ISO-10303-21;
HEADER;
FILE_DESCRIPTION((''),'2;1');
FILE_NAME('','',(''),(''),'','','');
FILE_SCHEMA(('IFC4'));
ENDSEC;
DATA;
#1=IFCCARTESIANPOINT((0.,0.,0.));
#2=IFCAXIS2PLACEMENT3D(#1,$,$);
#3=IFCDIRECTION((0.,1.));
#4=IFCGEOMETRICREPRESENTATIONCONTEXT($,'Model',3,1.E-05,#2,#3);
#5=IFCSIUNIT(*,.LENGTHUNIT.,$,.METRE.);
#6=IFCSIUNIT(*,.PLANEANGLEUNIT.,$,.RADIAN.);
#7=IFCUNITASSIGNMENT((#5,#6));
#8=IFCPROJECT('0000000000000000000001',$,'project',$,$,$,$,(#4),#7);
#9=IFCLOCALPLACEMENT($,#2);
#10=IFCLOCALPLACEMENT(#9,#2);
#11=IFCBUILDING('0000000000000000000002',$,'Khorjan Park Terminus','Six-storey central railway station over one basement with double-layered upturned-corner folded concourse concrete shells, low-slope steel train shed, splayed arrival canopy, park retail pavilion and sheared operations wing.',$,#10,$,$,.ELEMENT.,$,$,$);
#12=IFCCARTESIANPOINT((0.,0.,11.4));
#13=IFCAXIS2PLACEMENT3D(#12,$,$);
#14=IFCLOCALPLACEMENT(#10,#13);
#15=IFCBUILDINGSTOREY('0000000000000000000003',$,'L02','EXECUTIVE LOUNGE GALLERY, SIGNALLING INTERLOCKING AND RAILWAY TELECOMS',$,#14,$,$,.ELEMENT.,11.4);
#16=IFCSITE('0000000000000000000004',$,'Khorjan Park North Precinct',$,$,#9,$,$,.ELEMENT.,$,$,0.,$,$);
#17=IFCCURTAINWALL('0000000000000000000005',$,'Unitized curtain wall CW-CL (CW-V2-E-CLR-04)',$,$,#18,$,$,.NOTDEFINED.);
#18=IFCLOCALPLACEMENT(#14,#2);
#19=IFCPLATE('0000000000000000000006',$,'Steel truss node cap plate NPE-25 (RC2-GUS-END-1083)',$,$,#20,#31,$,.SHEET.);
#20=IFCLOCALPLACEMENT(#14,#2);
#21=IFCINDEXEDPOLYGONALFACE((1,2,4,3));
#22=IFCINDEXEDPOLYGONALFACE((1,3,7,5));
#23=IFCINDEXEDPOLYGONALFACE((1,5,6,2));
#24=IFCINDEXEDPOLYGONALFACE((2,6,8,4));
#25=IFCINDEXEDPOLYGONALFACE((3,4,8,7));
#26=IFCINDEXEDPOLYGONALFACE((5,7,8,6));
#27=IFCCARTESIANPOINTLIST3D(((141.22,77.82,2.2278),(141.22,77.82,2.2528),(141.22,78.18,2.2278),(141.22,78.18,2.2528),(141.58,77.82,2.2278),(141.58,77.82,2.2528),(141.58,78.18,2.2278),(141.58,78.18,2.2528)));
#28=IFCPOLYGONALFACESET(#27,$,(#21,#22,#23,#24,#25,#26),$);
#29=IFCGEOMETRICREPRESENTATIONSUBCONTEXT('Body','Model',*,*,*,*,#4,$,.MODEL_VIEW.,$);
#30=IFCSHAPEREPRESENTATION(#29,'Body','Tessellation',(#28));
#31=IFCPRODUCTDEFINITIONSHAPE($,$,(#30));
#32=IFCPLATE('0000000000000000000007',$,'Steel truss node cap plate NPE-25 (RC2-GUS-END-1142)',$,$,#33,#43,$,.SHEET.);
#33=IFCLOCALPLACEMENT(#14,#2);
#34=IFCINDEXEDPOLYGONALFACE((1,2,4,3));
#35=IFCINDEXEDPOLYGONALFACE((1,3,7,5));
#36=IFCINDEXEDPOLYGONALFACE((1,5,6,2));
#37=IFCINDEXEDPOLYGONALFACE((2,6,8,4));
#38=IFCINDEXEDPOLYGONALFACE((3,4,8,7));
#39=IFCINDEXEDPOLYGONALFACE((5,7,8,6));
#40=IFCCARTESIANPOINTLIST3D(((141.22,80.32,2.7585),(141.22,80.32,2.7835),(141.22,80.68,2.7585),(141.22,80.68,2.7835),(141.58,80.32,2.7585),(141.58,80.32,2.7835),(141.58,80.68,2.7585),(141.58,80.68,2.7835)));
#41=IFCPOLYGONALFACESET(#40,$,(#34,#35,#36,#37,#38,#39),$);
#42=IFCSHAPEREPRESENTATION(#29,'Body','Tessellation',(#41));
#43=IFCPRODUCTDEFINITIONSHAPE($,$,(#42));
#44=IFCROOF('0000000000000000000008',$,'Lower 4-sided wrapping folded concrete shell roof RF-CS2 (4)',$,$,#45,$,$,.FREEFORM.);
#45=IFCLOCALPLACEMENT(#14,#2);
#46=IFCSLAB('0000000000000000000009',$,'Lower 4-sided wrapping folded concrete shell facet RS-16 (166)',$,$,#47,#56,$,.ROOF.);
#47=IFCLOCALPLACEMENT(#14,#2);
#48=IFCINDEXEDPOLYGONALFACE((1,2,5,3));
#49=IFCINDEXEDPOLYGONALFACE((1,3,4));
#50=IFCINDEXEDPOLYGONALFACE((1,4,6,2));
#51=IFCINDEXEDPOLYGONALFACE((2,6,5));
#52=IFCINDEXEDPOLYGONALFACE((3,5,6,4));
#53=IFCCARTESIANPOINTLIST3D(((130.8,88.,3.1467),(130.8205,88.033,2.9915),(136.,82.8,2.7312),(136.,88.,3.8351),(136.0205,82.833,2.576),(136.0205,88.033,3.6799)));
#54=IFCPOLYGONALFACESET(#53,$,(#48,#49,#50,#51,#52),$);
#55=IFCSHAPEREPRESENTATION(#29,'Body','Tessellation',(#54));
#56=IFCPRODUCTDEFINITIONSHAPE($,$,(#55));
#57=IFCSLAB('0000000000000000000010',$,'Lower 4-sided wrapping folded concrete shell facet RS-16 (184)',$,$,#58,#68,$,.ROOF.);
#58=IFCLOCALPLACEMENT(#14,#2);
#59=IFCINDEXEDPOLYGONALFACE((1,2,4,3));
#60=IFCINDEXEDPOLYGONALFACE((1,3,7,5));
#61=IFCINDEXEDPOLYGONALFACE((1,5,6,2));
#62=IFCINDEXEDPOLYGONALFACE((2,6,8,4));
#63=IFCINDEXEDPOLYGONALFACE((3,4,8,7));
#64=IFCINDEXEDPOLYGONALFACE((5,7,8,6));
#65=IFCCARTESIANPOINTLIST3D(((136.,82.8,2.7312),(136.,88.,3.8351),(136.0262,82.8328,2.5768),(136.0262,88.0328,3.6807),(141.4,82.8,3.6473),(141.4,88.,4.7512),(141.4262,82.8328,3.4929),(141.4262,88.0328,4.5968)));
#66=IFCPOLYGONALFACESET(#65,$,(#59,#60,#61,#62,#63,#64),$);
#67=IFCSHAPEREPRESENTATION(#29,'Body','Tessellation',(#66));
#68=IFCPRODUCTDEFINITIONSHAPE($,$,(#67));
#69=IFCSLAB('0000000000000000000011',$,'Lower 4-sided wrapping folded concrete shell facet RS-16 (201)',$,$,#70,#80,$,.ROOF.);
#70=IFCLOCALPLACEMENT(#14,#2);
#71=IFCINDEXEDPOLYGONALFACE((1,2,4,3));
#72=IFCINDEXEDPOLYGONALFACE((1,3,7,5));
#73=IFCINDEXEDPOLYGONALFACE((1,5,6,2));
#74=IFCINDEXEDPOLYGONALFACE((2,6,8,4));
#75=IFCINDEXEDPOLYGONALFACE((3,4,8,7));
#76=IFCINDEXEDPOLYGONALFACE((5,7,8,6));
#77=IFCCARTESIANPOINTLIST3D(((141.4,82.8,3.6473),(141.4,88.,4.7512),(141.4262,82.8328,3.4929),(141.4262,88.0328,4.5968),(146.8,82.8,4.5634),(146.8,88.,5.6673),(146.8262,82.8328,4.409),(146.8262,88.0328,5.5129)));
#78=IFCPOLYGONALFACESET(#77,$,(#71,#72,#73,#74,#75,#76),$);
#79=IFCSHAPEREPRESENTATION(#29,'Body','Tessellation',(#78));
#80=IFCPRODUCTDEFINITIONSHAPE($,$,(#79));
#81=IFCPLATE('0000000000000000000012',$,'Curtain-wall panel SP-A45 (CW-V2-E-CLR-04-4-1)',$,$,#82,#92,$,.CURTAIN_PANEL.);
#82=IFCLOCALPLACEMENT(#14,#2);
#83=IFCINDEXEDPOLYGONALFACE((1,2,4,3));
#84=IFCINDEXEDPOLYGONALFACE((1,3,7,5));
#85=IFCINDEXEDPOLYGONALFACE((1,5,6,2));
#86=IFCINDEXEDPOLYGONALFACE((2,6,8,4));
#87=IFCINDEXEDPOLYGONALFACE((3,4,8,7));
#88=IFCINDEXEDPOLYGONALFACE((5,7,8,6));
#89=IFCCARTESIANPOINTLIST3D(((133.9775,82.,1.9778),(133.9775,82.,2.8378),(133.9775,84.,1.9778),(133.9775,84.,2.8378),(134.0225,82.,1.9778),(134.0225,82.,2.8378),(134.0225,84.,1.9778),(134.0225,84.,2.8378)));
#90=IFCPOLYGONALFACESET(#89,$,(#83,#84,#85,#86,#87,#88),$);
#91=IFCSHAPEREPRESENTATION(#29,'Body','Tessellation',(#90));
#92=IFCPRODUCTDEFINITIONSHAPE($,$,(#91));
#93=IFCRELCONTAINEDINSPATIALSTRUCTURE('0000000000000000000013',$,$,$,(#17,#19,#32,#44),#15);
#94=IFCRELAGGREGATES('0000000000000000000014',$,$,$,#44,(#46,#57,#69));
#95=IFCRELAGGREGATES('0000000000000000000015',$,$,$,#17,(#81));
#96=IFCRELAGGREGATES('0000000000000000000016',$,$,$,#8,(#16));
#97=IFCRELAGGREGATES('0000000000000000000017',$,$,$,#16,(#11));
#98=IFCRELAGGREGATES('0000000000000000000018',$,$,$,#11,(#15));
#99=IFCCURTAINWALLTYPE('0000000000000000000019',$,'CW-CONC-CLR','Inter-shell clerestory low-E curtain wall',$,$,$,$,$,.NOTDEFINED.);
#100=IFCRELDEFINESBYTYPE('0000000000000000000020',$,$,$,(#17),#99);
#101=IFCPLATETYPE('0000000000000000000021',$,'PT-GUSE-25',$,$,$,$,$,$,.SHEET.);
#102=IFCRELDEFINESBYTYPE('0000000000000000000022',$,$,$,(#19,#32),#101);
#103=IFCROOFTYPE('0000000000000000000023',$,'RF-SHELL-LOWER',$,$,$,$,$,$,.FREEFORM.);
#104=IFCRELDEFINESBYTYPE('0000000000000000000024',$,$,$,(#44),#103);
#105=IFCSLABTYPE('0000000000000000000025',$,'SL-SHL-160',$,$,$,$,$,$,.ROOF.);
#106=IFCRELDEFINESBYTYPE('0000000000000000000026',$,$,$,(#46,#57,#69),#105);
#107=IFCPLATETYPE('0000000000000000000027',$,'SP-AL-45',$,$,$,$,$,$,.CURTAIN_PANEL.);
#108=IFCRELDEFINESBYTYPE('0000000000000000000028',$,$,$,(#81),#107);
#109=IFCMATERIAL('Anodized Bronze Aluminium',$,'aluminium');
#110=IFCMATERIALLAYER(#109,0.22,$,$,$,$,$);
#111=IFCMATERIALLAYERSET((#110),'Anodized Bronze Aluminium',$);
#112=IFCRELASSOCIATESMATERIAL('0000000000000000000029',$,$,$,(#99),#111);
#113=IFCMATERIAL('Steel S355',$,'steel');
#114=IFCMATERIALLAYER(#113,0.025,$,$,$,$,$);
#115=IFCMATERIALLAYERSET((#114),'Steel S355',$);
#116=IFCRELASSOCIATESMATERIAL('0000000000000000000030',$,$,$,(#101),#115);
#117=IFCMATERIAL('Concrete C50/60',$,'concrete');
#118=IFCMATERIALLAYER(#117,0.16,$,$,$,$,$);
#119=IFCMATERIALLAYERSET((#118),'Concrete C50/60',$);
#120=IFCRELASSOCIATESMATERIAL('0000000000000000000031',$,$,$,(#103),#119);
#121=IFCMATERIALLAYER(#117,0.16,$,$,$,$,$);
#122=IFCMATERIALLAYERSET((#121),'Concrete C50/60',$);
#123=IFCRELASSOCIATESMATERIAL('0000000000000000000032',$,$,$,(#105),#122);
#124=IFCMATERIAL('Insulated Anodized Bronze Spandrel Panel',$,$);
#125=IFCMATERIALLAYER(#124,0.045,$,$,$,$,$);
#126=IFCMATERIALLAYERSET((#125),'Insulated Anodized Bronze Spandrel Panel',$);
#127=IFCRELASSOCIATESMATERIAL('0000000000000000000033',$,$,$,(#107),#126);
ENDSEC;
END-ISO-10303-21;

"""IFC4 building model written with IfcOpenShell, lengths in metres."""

from ifc_helpers import new_model, si_unit, direction, frame, origin, origin_2d, place, context, subcontext, project, spatial, polyline, rectangle, outline, extrude, material, layer, layer_set, type_object, element, aggregate, save


model = new_model("IFC4")

# Units and contexts
model_context = context("Model", 3, precision=1e-05, world=origin(), true_north=direction((0.0, 1.0)))
body_context = subcontext(model_context, "Body", "Model", "MODEL_VIEW")
ifc_project = project(units=[si_unit("LENGTHUNIT", "METRE"), si_unit("PLANEANGLEUNIT", "RADIAN")], contexts=[model_context])

# Site, building, storey
site_placement = place(None, origin())
site = spatial("IfcSite", under=ifc_project, at=site_placement, Name="Khorjan Park North Precinct", CompositionType="ELEMENT", RefElevation=0.0)
building_placement = place(site_placement, origin())
building = spatial("IfcBuilding", under=site, at=building_placement, Name="Khorjan Park Terminus", Description="Six-storey central railway station over one basement with double-layered upturned-corner folded concourse concrete shells, low-slope steel train shed, splayed arrival canopy, park retail pavilion and sheared operations wing.", CompositionType="ELEMENT")
storey_placement = place(building_placement, frame((0.0, 0.0, 11.4)))
storey = spatial("IfcBuildingStorey", under=building, at=storey_placement, Name="L02", Description="EXECUTIVE LOUNGE GALLERY, SIGNALLING INTERLOCKING AND RAILWAY TELECOMS", CompositionType="ELEMENT", Elevation=11.4)

# Shared definitions
ifc_material_1 = material(Name="Steel S355", Category="steel")

# Curtain wall
ifc_material_2 = material(Name="Anodized Bronze Aluminium", Category="aluminium")
ifc_layer_1 = layer(ifc_material_2, 0.22)
ifc_layer_set_1 = layer_set([ifc_layer_1], Name="Anodized Bronze Aluminium")
curtain_wall_type = type_object("IfcCurtainWallType", Name="CW-CONC-CLR", Description="Inter-shell clerestory low-E curtain wall", PredefinedType="NOTDEFINED", material=ifc_layer_set_1)
curtain_wall_placement = place(storey_placement, origin())
curtain_wall = element("IfcCurtainWall", 1, at=curtain_wall_placement, inside=storey, type_object=curtain_wall_type, Name="Unitized curtain wall CW-CL (CW-V2-E-CLR-04)", PredefinedType="NOTDEFINED")

# Plates
ifc_layer_2 = layer(ifc_material_1, 0.025)
ifc_layer_set_2 = layer_set([ifc_layer_2], Name="Steel S355")
plate_type_1 = type_object("IfcPlateType", Name="PT-GUSE-25", PredefinedType="SHEET", material=ifc_layer_set_2)
for number, where, z_axis, x_axis, name in (
    (2, (141.4, 78.0, 2.2278), (0.0, 0.0, 1.0), (1.0, 0.0, 0.0), "Steel truss node cap plate NPE-25 (RC2-GUS-END-1083)"),
    (3, (141.4, 80.5, 2.7585), (0.0, 0.0, 1.0), (1.0, 0.0, 0.0), "Steel truss node cap plate NPE-25 (RC2-GUS-END-1142)"),
):
    element("IfcPlate", number, at=place(storey_placement, frame(where, z_axis=z_axis, x_axis=x_axis)), inside=storey, type_object=plate_type_1, Name=name, PredefinedType="SHEET", context=body_context, shape_type="SweptSolid", body=[
        extrude(rectangle(XDim=0.36, YDim=0.36, at=origin_2d()), origin(), (0.0, 0.0, 1.0), 0.025),
    ])

# Roof, slabs
ifc_material_3 = material(Name="Concrete C50/60", Category="concrete")
ifc_layer_3 = layer(ifc_material_3, 0.16)
ifc_layer_set_3 = layer_set([ifc_layer_3], Name="Concrete C50/60")
roof_type = type_object("IfcRoofType", Name="RF-SHELL-LOWER", PredefinedType="FREEFORM", material=ifc_layer_set_3)
roof_placement = place(storey_placement, origin())
roof = element("IfcRoof", 4, at=roof_placement, inside=storey, type_object=roof_type, Name="Lower 4-sided wrapping folded concrete shell roof RF-CS2 (4)", PredefinedType="FREEFORM")
ifc_layer_4 = layer(ifc_material_3, 0.16)
ifc_layer_set_4 = layer_set([ifc_layer_4], Name="Concrete C50/60")
slab_type = type_object("IfcSlabType", Name="SL-SHL-160", PredefinedType="ROOF", material=ifc_layer_set_4)
slab_1_placement = place(storey_placement, frame((136.0, 82.8, 2.7312), z_axis=(-0.128426, -0.205941, 0.9701), x_axis=(0.0, 0.978201, 0.207661)))
slab_1 = element("IfcSlab", 5, at=slab_1_placement, type_object=slab_type, Name="Lower 4-sided wrapping folded concrete shell facet RS-16 (166)", PredefinedType="ROOF", context=body_context, shape_type="SweptSolid", body=[
    extrude(outline(polyline([(0.0, 0.0), (5.3159, 0.0), (5.1729, 5.2434), (0.0, 0.0)])), origin(), (0.0, 0.0, -1.0), 0.16),
])
slab_2_placement = place(storey_placement, frame((136.0, 82.8, 2.7312), z_axis=(-0.163711, -0.204859, 0.965003), x_axis=(0.985913, 0.0, 0.167258)))
slab_2 = element("IfcSlab", 6, at=slab_2_placement, type_object=slab_type, Name="Lower 4-sided wrapping folded concrete shell facet RS-16 (184)", PredefinedType="ROOF", context=body_context, shape_type="SweptSolid", body=[
    extrude(outline(polyline([(0.0, 0.0), (5.4772, 0.0), (5.6618, 5.3127), (0.1846, 5.3127), (0.0, 0.0)])), origin(), (0.0, 0.0, -1.0), 0.16),
])
slab_3_placement = place(storey_placement, frame((141.4, 82.8, 3.6473), z_axis=(-0.163711, -0.204859, 0.965003), x_axis=(0.985913, 0.0, 0.167258)))
slab_3 = element("IfcSlab", 7, at=slab_3_placement, type_object=slab_type, Name="Lower 4-sided wrapping folded concrete shell facet RS-16 (201)", PredefinedType="ROOF", context=body_context, shape_type="SweptSolid", body=[
    extrude(outline(polyline([(0.0, 0.0), (5.4772, 0.0), (5.6618, 5.3127), (0.1846, 5.3127), (0.0, 0.0)])), origin(), (0.0, 0.0, -1.0), 0.16),
])
aggregate(roof, [slab_1, slab_2, slab_3])

# Plate
ifc_material_4 = material(Name="Insulated Anodized Bronze Spandrel Panel")
ifc_layer_5 = layer(ifc_material_4, 0.045)
ifc_layer_set_5 = layer_set([ifc_layer_5], Name="Insulated Anodized Bronze Spandrel Panel")
plate_type_2 = type_object("IfcPlateType", Name="SP-AL-45", PredefinedType="CURTAIN_PANEL", material=ifc_layer_set_5)
plate_1_placement = place(storey_placement, frame((134.0, 83.0, 1.9778), z_axis=(0.0, 0.0, 1.0), x_axis=(0.0, 1.0, 0.0)))
plate_1 = element("IfcPlate", 8, at=plate_1_placement, type_object=plate_type_2, Name="Curtain-wall panel SP-A45 (CW-V2-E-CLR-04-4-1)", PredefinedType="CURTAIN_PANEL", context=body_context, shape_type="SweptSolid", body=[
    extrude(rectangle(XDim=2.0, YDim=0.045, at=origin_2d()), origin(), (0.0, 0.0, 1.0), 0.86),
])
aggregate(curtain_wall, [plate_1])

save(model, "model.ifc")
